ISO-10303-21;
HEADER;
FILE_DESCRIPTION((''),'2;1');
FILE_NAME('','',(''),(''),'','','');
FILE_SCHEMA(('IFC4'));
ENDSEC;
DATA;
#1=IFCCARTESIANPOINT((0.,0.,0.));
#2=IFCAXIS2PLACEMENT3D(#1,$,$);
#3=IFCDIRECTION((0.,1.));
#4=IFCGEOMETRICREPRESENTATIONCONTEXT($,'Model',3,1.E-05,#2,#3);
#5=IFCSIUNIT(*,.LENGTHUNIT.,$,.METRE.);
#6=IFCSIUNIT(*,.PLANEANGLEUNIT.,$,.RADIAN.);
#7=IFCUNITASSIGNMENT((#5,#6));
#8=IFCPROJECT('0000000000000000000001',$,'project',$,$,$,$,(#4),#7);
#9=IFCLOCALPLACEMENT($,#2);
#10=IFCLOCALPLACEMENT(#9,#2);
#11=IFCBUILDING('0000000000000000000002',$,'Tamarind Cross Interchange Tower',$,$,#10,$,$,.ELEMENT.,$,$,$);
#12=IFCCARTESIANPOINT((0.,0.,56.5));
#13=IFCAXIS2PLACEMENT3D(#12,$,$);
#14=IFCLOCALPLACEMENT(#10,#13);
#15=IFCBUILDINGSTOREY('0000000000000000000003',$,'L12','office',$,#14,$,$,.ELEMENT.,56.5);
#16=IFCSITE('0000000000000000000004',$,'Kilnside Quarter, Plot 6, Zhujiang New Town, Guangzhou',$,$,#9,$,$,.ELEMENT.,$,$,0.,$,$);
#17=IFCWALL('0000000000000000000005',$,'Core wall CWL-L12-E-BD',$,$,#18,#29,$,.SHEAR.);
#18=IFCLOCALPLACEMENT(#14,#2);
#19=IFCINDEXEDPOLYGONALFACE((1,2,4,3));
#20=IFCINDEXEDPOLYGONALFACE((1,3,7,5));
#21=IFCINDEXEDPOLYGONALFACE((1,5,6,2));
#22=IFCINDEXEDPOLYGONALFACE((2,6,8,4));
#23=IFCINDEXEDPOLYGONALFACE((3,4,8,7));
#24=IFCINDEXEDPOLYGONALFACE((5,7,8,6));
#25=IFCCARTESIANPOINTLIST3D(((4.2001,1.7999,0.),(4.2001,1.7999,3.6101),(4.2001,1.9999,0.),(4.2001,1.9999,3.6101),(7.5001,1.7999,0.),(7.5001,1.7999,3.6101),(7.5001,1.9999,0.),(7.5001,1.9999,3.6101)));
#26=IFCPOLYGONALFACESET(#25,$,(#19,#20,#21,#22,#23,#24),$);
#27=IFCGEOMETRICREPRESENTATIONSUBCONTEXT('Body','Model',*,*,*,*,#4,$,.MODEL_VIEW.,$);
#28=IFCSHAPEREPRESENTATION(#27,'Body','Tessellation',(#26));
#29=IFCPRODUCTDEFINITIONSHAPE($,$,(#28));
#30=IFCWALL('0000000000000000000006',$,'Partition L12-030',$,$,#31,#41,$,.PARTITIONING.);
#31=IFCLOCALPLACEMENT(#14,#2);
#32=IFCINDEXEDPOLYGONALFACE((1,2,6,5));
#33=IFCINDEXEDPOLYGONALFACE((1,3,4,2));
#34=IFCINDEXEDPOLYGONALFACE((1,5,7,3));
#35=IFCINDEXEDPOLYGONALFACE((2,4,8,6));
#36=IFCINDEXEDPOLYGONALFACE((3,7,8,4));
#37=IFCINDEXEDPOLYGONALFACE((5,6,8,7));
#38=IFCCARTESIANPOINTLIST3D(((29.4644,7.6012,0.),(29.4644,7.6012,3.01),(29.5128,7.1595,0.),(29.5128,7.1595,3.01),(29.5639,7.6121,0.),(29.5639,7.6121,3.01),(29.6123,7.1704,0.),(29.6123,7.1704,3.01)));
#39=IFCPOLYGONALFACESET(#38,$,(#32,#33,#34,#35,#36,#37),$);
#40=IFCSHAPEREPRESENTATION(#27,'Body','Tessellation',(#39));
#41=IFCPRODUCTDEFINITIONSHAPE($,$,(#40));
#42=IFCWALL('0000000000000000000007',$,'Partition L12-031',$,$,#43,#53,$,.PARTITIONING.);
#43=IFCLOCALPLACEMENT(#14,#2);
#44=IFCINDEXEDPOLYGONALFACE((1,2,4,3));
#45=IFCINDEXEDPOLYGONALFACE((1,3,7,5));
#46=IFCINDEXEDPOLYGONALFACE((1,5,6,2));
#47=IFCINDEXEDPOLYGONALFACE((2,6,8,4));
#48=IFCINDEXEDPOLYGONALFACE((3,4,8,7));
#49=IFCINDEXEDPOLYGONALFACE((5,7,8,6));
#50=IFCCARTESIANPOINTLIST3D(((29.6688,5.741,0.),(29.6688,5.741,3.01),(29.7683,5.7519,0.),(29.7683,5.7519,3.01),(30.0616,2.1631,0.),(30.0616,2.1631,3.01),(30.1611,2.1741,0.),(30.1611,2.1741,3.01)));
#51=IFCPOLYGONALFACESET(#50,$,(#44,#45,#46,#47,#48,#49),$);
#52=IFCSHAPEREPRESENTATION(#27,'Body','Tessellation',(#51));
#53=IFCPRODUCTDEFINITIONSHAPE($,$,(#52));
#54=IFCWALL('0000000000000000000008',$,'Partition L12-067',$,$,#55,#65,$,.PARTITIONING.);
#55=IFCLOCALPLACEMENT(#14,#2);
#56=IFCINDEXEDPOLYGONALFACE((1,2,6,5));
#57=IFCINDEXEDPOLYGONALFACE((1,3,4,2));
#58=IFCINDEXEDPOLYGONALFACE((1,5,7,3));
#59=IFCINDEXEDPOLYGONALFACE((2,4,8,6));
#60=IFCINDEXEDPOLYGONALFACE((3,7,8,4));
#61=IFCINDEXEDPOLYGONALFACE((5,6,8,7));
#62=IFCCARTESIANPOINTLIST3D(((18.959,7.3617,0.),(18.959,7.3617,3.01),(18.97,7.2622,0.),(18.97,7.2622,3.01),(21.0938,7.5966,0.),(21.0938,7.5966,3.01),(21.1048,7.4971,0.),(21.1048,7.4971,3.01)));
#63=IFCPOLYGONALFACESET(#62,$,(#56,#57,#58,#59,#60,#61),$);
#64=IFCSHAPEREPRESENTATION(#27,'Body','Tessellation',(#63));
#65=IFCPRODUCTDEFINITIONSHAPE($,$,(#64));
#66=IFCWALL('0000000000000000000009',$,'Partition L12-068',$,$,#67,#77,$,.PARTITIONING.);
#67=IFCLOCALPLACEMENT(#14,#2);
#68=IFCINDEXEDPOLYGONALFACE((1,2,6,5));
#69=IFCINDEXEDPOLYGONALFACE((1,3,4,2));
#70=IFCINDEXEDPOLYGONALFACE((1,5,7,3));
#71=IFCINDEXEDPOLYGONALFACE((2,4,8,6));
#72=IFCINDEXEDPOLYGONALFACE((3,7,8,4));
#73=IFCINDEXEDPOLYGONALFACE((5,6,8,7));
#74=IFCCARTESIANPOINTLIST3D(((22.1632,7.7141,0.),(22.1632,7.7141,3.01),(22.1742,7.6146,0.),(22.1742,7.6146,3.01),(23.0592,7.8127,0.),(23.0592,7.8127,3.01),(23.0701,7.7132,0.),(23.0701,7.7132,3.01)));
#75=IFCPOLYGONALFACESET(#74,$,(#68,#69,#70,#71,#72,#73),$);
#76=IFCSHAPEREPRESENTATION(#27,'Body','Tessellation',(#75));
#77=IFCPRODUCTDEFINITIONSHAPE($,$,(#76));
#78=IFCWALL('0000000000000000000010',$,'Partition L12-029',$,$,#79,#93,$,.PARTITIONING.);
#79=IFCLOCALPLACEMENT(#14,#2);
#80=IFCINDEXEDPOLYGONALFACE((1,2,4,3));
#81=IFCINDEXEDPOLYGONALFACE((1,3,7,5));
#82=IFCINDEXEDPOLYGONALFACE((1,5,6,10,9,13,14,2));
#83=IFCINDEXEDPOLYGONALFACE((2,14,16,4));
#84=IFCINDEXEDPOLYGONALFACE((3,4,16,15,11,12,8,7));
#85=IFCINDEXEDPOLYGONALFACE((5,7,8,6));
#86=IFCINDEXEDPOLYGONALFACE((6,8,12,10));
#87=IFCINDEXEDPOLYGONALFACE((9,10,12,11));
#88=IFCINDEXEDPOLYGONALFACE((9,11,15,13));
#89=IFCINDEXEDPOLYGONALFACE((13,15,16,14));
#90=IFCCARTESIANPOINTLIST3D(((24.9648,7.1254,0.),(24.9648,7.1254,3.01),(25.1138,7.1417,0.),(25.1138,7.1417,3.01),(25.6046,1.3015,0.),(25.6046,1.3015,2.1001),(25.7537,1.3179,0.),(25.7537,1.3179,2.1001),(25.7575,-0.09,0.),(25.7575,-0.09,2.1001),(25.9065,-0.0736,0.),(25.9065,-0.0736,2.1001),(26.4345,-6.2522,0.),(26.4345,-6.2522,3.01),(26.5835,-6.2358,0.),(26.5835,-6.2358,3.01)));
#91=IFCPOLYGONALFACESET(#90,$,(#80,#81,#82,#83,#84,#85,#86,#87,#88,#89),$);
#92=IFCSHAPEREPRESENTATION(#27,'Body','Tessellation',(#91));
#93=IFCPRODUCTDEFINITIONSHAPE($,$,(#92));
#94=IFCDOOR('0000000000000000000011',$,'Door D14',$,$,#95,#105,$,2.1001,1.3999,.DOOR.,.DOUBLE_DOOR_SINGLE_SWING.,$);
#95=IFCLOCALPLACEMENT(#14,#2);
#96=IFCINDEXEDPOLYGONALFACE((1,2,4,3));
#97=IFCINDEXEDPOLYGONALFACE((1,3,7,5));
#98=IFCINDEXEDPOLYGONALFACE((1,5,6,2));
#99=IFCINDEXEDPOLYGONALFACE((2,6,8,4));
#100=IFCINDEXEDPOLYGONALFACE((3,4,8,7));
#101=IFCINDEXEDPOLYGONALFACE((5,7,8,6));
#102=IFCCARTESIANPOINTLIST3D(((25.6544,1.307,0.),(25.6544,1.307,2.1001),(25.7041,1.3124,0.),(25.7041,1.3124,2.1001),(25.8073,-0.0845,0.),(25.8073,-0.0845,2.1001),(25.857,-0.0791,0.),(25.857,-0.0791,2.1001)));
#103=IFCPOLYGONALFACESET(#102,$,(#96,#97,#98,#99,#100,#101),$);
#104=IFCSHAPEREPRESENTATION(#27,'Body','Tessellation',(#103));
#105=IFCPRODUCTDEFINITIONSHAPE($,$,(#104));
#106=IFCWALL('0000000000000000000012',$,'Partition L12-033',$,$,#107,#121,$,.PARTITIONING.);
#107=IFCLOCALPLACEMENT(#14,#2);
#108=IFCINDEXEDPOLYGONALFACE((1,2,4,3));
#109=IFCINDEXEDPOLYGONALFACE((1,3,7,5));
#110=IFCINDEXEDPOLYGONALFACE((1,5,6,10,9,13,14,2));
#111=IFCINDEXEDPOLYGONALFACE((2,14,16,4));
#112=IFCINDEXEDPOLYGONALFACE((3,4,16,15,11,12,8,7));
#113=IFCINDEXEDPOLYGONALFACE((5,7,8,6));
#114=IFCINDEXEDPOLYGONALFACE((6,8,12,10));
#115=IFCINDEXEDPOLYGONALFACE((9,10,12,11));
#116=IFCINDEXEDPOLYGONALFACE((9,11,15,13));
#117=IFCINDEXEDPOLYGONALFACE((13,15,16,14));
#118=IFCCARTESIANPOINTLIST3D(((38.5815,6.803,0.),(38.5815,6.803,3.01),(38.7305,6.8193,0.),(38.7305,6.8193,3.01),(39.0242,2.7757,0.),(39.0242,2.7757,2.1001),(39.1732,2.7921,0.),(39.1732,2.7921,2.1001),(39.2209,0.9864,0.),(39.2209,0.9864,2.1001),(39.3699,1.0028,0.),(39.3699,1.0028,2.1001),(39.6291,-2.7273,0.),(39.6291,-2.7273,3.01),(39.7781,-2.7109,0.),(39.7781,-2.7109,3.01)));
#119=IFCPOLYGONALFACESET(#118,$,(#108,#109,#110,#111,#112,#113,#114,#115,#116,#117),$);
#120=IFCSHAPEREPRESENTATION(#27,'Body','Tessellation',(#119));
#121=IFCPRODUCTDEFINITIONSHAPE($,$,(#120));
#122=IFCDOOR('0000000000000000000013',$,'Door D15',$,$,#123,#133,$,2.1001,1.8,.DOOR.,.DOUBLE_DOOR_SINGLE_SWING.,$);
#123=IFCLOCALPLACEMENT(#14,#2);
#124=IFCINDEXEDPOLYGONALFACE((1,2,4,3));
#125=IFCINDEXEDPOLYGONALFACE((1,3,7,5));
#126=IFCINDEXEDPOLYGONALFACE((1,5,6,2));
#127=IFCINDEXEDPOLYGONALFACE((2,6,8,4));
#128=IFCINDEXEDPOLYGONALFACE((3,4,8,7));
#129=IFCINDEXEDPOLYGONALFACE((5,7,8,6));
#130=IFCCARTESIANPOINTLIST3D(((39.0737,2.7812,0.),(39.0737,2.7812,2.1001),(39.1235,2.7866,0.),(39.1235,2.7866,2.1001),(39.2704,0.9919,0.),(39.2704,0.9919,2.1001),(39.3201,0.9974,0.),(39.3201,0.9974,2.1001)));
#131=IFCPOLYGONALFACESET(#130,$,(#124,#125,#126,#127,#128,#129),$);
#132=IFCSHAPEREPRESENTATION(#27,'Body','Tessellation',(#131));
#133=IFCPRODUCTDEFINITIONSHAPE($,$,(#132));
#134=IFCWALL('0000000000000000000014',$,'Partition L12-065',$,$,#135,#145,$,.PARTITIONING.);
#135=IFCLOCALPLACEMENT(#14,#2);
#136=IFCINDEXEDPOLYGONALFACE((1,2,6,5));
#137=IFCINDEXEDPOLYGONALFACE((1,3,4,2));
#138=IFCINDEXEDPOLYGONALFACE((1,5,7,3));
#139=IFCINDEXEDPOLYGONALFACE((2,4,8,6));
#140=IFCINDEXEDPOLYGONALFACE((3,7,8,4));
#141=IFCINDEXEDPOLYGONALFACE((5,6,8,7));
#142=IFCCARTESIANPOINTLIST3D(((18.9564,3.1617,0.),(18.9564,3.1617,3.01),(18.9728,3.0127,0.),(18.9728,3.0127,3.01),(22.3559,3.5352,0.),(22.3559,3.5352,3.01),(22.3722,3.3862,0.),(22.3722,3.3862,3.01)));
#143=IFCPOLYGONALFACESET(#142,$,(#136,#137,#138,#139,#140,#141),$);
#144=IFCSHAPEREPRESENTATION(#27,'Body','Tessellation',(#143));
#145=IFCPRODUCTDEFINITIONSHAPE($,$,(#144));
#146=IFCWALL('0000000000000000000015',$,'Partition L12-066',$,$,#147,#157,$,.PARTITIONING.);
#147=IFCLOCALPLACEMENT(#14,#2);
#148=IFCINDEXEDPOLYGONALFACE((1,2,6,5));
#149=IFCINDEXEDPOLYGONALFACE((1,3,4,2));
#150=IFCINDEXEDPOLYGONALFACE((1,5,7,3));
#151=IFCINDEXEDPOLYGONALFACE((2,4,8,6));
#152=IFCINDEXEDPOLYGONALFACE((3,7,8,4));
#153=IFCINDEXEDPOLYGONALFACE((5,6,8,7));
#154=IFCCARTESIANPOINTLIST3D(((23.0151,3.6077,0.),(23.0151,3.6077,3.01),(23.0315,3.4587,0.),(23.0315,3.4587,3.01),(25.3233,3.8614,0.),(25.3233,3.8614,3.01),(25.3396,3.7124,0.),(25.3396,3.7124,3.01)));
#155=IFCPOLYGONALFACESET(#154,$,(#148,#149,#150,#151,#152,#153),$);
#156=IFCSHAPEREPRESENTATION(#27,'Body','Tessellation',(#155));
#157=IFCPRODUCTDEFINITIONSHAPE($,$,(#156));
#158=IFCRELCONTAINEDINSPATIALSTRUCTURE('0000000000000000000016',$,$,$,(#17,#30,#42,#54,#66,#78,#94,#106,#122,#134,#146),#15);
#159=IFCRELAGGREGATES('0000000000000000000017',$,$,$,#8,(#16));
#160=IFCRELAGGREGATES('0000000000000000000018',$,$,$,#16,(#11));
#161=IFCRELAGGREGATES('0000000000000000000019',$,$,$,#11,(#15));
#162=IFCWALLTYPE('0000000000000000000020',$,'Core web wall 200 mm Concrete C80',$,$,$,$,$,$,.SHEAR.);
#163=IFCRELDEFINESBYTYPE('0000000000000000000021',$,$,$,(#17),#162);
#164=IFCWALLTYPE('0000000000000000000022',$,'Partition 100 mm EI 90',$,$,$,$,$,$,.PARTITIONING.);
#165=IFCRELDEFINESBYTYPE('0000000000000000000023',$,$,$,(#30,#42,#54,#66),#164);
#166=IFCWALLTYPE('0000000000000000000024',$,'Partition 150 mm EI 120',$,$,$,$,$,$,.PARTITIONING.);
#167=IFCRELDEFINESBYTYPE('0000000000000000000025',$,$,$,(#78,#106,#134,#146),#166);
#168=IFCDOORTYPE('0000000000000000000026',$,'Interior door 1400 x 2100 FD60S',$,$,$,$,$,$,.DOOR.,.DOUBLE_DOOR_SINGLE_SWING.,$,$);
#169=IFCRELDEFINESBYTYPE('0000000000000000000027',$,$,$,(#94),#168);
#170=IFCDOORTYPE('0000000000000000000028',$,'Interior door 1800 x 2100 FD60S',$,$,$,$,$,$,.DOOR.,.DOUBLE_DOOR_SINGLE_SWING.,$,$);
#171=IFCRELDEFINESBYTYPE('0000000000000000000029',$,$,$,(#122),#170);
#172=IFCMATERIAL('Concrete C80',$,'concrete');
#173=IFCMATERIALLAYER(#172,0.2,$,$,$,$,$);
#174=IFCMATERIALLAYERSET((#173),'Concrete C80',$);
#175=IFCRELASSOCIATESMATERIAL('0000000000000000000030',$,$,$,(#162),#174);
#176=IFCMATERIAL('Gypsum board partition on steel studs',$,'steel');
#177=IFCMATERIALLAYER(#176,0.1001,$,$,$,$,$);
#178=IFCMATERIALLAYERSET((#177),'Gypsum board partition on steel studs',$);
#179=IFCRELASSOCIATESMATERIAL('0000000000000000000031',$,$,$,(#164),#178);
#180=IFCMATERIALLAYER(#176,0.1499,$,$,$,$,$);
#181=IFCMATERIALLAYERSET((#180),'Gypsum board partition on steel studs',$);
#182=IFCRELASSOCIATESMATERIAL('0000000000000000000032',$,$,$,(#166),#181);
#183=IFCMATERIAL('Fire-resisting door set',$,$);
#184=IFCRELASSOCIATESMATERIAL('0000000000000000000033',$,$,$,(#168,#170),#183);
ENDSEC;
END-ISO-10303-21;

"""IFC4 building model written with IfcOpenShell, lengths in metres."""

from ifc_helpers import new_model, si_unit, direction, frame, frame_2d, origin, place, context, subcontext, project, spatial, rectangle, extrude, material, layer, layer_set, type_object, element, fill, save


model = new_model("IFC4")

# Units and contexts
model_context = context("Model", 3, precision=1e-05, world=origin(), true_north=direction((0.0, 1.0)))
body_context = subcontext(model_context, "Body", "Model", "MODEL_VIEW")
ifc_project = project(units=[si_unit("LENGTHUNIT", "METRE"), si_unit("PLANEANGLEUNIT", "RADIAN")], contexts=[model_context])

# Site, building, storey
site_placement = place(None, origin())
site = spatial("IfcSite", under=ifc_project, at=site_placement, Name="Kilnside Quarter, Plot 6, Zhujiang New Town, Guangzhou", CompositionType="ELEMENT", RefElevation=0.0)
building_placement = place(site_placement, origin())
building = spatial("IfcBuilding", under=site, at=building_placement, Name="Tamarind Cross Interchange Tower", CompositionType="ELEMENT")
storey_placement = place(building_placement, frame((0.0, 0.0, 56.5)))
storey = spatial("IfcBuildingStorey", under=building, at=storey_placement, Name="L12", Description="office", CompositionType="ELEMENT", Elevation=56.5)

# Walls
ifc_material_1 = material(Name="Concrete C80", Category="concrete")
ifc_layer_1 = layer(ifc_material_1, 0.2)
ifc_layer_set_1 = layer_set([ifc_layer_1], Name="Concrete C80")
wall_type_1 = type_object("IfcWallType", Name="Core web wall 200 mm Concrete C80", PredefinedType="SHEAR", material=ifc_layer_set_1)
wall_1_placement = place(storey_placement, frame((7.5, 1.8999, 0.0), z_axis=(0.0, 0.0, 1.0), x_axis=(-1.0, 0.0, 0.0)))
element("IfcWall", 1, at=wall_1_placement, inside=storey, type_object=wall_type_1, Name="Core wall CWL-L12-E-BD", PredefinedType="SHEAR", context=body_context, shape_type="SweptSolid", body=[
    extrude(rectangle(XDim=3.3, YDim=0.2, at=frame_2d((1.6499, 0.0))), origin(), (0.0, 0.0, 1.0), 3.6101),
])
ifc_material_2 = material(Name="Gypsum board partition on steel studs", Category="steel")
ifc_layer_2 = layer(ifc_material_2, 0.1001)
ifc_layer_set_2 = layer_set([ifc_layer_2], Name="Gypsum board partition on steel studs")
wall_type_2 = type_object("IfcWallType", Name="Partition 100 mm EI 90", PredefinedType="PARTITIONING", material=ifc_layer_set_2)
wall_2_placement = place(storey_placement, frame((29.5142, 7.6067, 0.0), z_axis=(0.0, 0.0, 1.0), x_axis=(0.108803, -0.994063, 0.0)))
element("IfcWall", 2, at=wall_2_placement, inside=storey, type_object=wall_type_2, Name="Partition L12-030", PredefinedType="PARTITIONING", context=body_context, shape_type="SweptSolid", body=[
    extrude(rectangle(XDim=0.4443, YDim=0.1001, at=frame_2d((0.2222, 0.0))), origin(), (0.0, 0.0, 1.0), 3.01),
])
wall_3_placement = place(storey_placement, frame((29.7185, 5.7466, 0.0), z_axis=(0.0, 0.0, 1.0), x_axis=(0.109136, -0.994027, 0.0)))
element("IfcWall", 3, at=wall_3_placement, inside=storey, type_object=wall_type_2, Name="Partition L12-031", PredefinedType="PARTITIONING", context=body_context, shape_type="SweptSolid", body=[
    extrude(rectangle(XDim=3.5994, YDim=0.1001, at=frame_2d((1.7998, 0.0))), origin(), (0.0, 0.0, 1.0), 3.01),
])
wall_4_placement = place(storey_placement, frame((18.9646, 7.312, 0.0), z_axis=(0.0, 0.0, 1.0), x_axis=(0.994002, 0.109358, 0.0)))
element("IfcWall", 4, at=wall_4_placement, inside=storey, type_object=wall_type_2, Name="Partition L12-067", PredefinedType="PARTITIONING", context=body_context, shape_type="SweptSolid", body=[
    extrude(rectangle(XDim=2.1477, YDim=0.1001, at=frame_2d((1.0737, 0.0))), origin(), (0.0, 0.0, 1.0), 3.01),
])
wall_5_placement = place(storey_placement, frame((22.1687, 7.6643, 0.0), z_axis=(0.0, 0.0, 1.0), x_axis=(0.993996, 0.109421, 0.0)))
element("IfcWall", 5, at=wall_5_placement, inside=storey, type_object=wall_type_2, Name="Partition L12-068", PredefinedType="PARTITIONING", context=body_context, shape_type="SweptSolid", body=[
    extrude(rectangle(XDim=0.9014, YDim=0.1001, at=frame_2d((0.4507, 0.0))), origin(), (0.0, 0.0, 1.0), 3.01),
])

# Walls, openings, doors
ifc_layer_3 = layer(ifc_material_2, 0.1499)
ifc_layer_set_3 = layer_set([ifc_layer_3], Name="Gypsum board partition on steel studs")
wall_type_3 = type_object("IfcWallType", Name="Partition 150 mm EI 120", PredefinedType="PARTITIONING", material=ifc_layer_set_3)
wall_6_placement = place(storey_placement, frame((25.0393, 7.1335, 0.0), z_axis=(0.0, 0.0, 1.0), x_axis=(0.109209, -0.994019, 0.0)))
wall_6 = element("IfcWall", 6, at=wall_6_placement, inside=storey, type_object=wall_type_3, Name="Partition L12-029", PredefinedType="PARTITIONING", context=body_context, shape_type="SweptSolid", body=[
    extrude(rectangle(XDim=13.458, YDim=0.1499, at=frame_2d((6.729, 0.0))), origin(), (0.0, 0.0, 1.0), 3.01),
])
opening_1_placement = place(wall_6_placement, frame((5.8589, 0.0, 0.0)))
opening_1 = element("IfcOpeningElement", 7, at=opening_1_placement, cuts=wall_6, PredefinedType="OPENING", context=body_context, shape_type="SweptSolid", body=[
    extrude(rectangle(XDim=1.3999, YDim=2.1001, at=frame_2d((0.7, 1.05))), frame((0.0, 0.085, 0.0), z_axis=(0.0, -1.0, 0.0), x_axis=(1.0, 0.0, 0.0)), (0.0, 0.0, 1.0), 0.1699),
])
ifc_material_3 = material(Name="Fire-resisting door set")
door_type_1 = type_object("IfcDoorType", Name="Interior door 1400 x 2100 FD60S", OperationType="DOUBLE_DOOR_SINGLE_SWING", PredefinedType="DOOR", material=ifc_material_3)
door_1_placement = place(opening_1_placement, frame((1.3999, 0.0, 0.0), z_axis=(0.0, 0.0, 1.0), x_axis=(-1.0, 0.0, 0.0)))
door_1 = element("IfcDoor", 8, at=door_1_placement, inside=storey, type_object=door_type_1, Name="Door D14", OperationType="DOUBLE_DOOR_SINGLE_SWING", OverallHeight=2.1001, OverallWidth=1.3999, PredefinedType="DOOR", context=body_context, shape_type="SweptSolid", body=[
    extrude(rectangle(XDim=1.3999, YDim=2.1001, at=frame_2d((0.7, 1.05))), frame((0.0, 0.0249, 0.0), z_axis=(0.0, -1.0, 0.0), x_axis=(1.0, 0.0, 0.0)), (0.0, 0.0, 1.0), 0.05),
])
fill(opening_1, door_1)
wall_7_placement = place(storey_placement, frame((38.656, 6.8113, 0.0), z_axis=(0.0, 0.0, 1.0), x_axis=(0.109266, -0.994013, 0.0)))
wall_7 = element("IfcWall", 9, at=wall_7_placement, inside=storey, type_object=wall_type_3, Name="Partition L12-033", PredefinedType="PARTITIONING", context=body_context, shape_type="SweptSolid", body=[
    extrude(rectangle(XDim=9.5876, YDim=0.1499, at=frame_2d((4.7939, 0.0))), origin(), (0.0, 0.0, 1.0), 3.01),
])
opening_2_placement = place(wall_7_placement, frame((4.0518, 0.0, 0.0)))
opening_2 = element("IfcOpeningElement", 10, at=opening_2_placement, cuts=wall_7, PredefinedType="OPENING", context=body_context, shape_type="SweptSolid", body=[
    extrude(rectangle(XDim=1.8, YDim=2.1001, at=frame_2d((0.8999, 1.05))), frame((0.0, 0.085, 0.0), z_axis=(0.0, -1.0, 0.0), x_axis=(1.0, 0.0, 0.0)), (0.0, 0.0, 1.0), 0.1699),
])
door_type_2 = type_object("IfcDoorType", Name="Interior door 1800 x 2100 FD60S", OperationType="DOUBLE_DOOR_SINGLE_SWING", PredefinedType="DOOR", material=ifc_material_3)
door_2_placement = place(opening_2_placement, origin())
door_2 = element("IfcDoor", 11, at=door_2_placement, inside=storey, type_object=door_type_2, Name="Door D15", OperationType="DOUBLE_DOOR_SINGLE_SWING", OverallHeight=2.1001, OverallWidth=1.8, PredefinedType="DOOR", context=body_context, shape_type="SweptSolid", body=[
    extrude(rectangle(XDim=1.8, YDim=2.1001, at=frame_2d((0.8999, 1.05))), frame((0.0, 0.0249, 0.0), z_axis=(0.0, -1.0, 0.0), x_axis=(1.0, 0.0, 0.0)), (0.0, 0.0, 1.0), 0.05),
])
fill(opening_2, door_2)

# Walls
wall_8_placement = place(storey_placement, frame((18.9646, 3.0872, 0.0), z_axis=(0.0, 0.0, 1.0), x_axis=(0.994017, 0.109225, 0.0)))
element("IfcWall", 12, at=wall_8_placement, inside=storey, type_object=wall_type_3, Name="Partition L12-065", PredefinedType="PARTITIONING", context=body_context, shape_type="SweptSolid", body=[
    extrude(rectangle(XDim=3.4199, YDim=0.1499, at=frame_2d((1.71, 0.0))), origin(), (0.0, 0.0, 1.0), 3.01),
])
wall_9_placement = place(storey_placement, frame((23.0232, 3.5332, 0.0), z_axis=(0.0, 0.0, 1.0), x_axis=(0.994015, 0.109243, 0.0)))
element("IfcWall", 13, at=wall_9_placement, inside=storey, type_object=wall_type_3, Name="Partition L12-066", PredefinedType="PARTITIONING", context=body_context, shape_type="SweptSolid", body=[
    extrude(rectangle(XDim=2.322, YDim=0.1499, at=frame_2d((1.1611, 0.0))), origin(), (0.0, 0.0, 1.0), 3.01),
])

save(model, "model.ifc")
